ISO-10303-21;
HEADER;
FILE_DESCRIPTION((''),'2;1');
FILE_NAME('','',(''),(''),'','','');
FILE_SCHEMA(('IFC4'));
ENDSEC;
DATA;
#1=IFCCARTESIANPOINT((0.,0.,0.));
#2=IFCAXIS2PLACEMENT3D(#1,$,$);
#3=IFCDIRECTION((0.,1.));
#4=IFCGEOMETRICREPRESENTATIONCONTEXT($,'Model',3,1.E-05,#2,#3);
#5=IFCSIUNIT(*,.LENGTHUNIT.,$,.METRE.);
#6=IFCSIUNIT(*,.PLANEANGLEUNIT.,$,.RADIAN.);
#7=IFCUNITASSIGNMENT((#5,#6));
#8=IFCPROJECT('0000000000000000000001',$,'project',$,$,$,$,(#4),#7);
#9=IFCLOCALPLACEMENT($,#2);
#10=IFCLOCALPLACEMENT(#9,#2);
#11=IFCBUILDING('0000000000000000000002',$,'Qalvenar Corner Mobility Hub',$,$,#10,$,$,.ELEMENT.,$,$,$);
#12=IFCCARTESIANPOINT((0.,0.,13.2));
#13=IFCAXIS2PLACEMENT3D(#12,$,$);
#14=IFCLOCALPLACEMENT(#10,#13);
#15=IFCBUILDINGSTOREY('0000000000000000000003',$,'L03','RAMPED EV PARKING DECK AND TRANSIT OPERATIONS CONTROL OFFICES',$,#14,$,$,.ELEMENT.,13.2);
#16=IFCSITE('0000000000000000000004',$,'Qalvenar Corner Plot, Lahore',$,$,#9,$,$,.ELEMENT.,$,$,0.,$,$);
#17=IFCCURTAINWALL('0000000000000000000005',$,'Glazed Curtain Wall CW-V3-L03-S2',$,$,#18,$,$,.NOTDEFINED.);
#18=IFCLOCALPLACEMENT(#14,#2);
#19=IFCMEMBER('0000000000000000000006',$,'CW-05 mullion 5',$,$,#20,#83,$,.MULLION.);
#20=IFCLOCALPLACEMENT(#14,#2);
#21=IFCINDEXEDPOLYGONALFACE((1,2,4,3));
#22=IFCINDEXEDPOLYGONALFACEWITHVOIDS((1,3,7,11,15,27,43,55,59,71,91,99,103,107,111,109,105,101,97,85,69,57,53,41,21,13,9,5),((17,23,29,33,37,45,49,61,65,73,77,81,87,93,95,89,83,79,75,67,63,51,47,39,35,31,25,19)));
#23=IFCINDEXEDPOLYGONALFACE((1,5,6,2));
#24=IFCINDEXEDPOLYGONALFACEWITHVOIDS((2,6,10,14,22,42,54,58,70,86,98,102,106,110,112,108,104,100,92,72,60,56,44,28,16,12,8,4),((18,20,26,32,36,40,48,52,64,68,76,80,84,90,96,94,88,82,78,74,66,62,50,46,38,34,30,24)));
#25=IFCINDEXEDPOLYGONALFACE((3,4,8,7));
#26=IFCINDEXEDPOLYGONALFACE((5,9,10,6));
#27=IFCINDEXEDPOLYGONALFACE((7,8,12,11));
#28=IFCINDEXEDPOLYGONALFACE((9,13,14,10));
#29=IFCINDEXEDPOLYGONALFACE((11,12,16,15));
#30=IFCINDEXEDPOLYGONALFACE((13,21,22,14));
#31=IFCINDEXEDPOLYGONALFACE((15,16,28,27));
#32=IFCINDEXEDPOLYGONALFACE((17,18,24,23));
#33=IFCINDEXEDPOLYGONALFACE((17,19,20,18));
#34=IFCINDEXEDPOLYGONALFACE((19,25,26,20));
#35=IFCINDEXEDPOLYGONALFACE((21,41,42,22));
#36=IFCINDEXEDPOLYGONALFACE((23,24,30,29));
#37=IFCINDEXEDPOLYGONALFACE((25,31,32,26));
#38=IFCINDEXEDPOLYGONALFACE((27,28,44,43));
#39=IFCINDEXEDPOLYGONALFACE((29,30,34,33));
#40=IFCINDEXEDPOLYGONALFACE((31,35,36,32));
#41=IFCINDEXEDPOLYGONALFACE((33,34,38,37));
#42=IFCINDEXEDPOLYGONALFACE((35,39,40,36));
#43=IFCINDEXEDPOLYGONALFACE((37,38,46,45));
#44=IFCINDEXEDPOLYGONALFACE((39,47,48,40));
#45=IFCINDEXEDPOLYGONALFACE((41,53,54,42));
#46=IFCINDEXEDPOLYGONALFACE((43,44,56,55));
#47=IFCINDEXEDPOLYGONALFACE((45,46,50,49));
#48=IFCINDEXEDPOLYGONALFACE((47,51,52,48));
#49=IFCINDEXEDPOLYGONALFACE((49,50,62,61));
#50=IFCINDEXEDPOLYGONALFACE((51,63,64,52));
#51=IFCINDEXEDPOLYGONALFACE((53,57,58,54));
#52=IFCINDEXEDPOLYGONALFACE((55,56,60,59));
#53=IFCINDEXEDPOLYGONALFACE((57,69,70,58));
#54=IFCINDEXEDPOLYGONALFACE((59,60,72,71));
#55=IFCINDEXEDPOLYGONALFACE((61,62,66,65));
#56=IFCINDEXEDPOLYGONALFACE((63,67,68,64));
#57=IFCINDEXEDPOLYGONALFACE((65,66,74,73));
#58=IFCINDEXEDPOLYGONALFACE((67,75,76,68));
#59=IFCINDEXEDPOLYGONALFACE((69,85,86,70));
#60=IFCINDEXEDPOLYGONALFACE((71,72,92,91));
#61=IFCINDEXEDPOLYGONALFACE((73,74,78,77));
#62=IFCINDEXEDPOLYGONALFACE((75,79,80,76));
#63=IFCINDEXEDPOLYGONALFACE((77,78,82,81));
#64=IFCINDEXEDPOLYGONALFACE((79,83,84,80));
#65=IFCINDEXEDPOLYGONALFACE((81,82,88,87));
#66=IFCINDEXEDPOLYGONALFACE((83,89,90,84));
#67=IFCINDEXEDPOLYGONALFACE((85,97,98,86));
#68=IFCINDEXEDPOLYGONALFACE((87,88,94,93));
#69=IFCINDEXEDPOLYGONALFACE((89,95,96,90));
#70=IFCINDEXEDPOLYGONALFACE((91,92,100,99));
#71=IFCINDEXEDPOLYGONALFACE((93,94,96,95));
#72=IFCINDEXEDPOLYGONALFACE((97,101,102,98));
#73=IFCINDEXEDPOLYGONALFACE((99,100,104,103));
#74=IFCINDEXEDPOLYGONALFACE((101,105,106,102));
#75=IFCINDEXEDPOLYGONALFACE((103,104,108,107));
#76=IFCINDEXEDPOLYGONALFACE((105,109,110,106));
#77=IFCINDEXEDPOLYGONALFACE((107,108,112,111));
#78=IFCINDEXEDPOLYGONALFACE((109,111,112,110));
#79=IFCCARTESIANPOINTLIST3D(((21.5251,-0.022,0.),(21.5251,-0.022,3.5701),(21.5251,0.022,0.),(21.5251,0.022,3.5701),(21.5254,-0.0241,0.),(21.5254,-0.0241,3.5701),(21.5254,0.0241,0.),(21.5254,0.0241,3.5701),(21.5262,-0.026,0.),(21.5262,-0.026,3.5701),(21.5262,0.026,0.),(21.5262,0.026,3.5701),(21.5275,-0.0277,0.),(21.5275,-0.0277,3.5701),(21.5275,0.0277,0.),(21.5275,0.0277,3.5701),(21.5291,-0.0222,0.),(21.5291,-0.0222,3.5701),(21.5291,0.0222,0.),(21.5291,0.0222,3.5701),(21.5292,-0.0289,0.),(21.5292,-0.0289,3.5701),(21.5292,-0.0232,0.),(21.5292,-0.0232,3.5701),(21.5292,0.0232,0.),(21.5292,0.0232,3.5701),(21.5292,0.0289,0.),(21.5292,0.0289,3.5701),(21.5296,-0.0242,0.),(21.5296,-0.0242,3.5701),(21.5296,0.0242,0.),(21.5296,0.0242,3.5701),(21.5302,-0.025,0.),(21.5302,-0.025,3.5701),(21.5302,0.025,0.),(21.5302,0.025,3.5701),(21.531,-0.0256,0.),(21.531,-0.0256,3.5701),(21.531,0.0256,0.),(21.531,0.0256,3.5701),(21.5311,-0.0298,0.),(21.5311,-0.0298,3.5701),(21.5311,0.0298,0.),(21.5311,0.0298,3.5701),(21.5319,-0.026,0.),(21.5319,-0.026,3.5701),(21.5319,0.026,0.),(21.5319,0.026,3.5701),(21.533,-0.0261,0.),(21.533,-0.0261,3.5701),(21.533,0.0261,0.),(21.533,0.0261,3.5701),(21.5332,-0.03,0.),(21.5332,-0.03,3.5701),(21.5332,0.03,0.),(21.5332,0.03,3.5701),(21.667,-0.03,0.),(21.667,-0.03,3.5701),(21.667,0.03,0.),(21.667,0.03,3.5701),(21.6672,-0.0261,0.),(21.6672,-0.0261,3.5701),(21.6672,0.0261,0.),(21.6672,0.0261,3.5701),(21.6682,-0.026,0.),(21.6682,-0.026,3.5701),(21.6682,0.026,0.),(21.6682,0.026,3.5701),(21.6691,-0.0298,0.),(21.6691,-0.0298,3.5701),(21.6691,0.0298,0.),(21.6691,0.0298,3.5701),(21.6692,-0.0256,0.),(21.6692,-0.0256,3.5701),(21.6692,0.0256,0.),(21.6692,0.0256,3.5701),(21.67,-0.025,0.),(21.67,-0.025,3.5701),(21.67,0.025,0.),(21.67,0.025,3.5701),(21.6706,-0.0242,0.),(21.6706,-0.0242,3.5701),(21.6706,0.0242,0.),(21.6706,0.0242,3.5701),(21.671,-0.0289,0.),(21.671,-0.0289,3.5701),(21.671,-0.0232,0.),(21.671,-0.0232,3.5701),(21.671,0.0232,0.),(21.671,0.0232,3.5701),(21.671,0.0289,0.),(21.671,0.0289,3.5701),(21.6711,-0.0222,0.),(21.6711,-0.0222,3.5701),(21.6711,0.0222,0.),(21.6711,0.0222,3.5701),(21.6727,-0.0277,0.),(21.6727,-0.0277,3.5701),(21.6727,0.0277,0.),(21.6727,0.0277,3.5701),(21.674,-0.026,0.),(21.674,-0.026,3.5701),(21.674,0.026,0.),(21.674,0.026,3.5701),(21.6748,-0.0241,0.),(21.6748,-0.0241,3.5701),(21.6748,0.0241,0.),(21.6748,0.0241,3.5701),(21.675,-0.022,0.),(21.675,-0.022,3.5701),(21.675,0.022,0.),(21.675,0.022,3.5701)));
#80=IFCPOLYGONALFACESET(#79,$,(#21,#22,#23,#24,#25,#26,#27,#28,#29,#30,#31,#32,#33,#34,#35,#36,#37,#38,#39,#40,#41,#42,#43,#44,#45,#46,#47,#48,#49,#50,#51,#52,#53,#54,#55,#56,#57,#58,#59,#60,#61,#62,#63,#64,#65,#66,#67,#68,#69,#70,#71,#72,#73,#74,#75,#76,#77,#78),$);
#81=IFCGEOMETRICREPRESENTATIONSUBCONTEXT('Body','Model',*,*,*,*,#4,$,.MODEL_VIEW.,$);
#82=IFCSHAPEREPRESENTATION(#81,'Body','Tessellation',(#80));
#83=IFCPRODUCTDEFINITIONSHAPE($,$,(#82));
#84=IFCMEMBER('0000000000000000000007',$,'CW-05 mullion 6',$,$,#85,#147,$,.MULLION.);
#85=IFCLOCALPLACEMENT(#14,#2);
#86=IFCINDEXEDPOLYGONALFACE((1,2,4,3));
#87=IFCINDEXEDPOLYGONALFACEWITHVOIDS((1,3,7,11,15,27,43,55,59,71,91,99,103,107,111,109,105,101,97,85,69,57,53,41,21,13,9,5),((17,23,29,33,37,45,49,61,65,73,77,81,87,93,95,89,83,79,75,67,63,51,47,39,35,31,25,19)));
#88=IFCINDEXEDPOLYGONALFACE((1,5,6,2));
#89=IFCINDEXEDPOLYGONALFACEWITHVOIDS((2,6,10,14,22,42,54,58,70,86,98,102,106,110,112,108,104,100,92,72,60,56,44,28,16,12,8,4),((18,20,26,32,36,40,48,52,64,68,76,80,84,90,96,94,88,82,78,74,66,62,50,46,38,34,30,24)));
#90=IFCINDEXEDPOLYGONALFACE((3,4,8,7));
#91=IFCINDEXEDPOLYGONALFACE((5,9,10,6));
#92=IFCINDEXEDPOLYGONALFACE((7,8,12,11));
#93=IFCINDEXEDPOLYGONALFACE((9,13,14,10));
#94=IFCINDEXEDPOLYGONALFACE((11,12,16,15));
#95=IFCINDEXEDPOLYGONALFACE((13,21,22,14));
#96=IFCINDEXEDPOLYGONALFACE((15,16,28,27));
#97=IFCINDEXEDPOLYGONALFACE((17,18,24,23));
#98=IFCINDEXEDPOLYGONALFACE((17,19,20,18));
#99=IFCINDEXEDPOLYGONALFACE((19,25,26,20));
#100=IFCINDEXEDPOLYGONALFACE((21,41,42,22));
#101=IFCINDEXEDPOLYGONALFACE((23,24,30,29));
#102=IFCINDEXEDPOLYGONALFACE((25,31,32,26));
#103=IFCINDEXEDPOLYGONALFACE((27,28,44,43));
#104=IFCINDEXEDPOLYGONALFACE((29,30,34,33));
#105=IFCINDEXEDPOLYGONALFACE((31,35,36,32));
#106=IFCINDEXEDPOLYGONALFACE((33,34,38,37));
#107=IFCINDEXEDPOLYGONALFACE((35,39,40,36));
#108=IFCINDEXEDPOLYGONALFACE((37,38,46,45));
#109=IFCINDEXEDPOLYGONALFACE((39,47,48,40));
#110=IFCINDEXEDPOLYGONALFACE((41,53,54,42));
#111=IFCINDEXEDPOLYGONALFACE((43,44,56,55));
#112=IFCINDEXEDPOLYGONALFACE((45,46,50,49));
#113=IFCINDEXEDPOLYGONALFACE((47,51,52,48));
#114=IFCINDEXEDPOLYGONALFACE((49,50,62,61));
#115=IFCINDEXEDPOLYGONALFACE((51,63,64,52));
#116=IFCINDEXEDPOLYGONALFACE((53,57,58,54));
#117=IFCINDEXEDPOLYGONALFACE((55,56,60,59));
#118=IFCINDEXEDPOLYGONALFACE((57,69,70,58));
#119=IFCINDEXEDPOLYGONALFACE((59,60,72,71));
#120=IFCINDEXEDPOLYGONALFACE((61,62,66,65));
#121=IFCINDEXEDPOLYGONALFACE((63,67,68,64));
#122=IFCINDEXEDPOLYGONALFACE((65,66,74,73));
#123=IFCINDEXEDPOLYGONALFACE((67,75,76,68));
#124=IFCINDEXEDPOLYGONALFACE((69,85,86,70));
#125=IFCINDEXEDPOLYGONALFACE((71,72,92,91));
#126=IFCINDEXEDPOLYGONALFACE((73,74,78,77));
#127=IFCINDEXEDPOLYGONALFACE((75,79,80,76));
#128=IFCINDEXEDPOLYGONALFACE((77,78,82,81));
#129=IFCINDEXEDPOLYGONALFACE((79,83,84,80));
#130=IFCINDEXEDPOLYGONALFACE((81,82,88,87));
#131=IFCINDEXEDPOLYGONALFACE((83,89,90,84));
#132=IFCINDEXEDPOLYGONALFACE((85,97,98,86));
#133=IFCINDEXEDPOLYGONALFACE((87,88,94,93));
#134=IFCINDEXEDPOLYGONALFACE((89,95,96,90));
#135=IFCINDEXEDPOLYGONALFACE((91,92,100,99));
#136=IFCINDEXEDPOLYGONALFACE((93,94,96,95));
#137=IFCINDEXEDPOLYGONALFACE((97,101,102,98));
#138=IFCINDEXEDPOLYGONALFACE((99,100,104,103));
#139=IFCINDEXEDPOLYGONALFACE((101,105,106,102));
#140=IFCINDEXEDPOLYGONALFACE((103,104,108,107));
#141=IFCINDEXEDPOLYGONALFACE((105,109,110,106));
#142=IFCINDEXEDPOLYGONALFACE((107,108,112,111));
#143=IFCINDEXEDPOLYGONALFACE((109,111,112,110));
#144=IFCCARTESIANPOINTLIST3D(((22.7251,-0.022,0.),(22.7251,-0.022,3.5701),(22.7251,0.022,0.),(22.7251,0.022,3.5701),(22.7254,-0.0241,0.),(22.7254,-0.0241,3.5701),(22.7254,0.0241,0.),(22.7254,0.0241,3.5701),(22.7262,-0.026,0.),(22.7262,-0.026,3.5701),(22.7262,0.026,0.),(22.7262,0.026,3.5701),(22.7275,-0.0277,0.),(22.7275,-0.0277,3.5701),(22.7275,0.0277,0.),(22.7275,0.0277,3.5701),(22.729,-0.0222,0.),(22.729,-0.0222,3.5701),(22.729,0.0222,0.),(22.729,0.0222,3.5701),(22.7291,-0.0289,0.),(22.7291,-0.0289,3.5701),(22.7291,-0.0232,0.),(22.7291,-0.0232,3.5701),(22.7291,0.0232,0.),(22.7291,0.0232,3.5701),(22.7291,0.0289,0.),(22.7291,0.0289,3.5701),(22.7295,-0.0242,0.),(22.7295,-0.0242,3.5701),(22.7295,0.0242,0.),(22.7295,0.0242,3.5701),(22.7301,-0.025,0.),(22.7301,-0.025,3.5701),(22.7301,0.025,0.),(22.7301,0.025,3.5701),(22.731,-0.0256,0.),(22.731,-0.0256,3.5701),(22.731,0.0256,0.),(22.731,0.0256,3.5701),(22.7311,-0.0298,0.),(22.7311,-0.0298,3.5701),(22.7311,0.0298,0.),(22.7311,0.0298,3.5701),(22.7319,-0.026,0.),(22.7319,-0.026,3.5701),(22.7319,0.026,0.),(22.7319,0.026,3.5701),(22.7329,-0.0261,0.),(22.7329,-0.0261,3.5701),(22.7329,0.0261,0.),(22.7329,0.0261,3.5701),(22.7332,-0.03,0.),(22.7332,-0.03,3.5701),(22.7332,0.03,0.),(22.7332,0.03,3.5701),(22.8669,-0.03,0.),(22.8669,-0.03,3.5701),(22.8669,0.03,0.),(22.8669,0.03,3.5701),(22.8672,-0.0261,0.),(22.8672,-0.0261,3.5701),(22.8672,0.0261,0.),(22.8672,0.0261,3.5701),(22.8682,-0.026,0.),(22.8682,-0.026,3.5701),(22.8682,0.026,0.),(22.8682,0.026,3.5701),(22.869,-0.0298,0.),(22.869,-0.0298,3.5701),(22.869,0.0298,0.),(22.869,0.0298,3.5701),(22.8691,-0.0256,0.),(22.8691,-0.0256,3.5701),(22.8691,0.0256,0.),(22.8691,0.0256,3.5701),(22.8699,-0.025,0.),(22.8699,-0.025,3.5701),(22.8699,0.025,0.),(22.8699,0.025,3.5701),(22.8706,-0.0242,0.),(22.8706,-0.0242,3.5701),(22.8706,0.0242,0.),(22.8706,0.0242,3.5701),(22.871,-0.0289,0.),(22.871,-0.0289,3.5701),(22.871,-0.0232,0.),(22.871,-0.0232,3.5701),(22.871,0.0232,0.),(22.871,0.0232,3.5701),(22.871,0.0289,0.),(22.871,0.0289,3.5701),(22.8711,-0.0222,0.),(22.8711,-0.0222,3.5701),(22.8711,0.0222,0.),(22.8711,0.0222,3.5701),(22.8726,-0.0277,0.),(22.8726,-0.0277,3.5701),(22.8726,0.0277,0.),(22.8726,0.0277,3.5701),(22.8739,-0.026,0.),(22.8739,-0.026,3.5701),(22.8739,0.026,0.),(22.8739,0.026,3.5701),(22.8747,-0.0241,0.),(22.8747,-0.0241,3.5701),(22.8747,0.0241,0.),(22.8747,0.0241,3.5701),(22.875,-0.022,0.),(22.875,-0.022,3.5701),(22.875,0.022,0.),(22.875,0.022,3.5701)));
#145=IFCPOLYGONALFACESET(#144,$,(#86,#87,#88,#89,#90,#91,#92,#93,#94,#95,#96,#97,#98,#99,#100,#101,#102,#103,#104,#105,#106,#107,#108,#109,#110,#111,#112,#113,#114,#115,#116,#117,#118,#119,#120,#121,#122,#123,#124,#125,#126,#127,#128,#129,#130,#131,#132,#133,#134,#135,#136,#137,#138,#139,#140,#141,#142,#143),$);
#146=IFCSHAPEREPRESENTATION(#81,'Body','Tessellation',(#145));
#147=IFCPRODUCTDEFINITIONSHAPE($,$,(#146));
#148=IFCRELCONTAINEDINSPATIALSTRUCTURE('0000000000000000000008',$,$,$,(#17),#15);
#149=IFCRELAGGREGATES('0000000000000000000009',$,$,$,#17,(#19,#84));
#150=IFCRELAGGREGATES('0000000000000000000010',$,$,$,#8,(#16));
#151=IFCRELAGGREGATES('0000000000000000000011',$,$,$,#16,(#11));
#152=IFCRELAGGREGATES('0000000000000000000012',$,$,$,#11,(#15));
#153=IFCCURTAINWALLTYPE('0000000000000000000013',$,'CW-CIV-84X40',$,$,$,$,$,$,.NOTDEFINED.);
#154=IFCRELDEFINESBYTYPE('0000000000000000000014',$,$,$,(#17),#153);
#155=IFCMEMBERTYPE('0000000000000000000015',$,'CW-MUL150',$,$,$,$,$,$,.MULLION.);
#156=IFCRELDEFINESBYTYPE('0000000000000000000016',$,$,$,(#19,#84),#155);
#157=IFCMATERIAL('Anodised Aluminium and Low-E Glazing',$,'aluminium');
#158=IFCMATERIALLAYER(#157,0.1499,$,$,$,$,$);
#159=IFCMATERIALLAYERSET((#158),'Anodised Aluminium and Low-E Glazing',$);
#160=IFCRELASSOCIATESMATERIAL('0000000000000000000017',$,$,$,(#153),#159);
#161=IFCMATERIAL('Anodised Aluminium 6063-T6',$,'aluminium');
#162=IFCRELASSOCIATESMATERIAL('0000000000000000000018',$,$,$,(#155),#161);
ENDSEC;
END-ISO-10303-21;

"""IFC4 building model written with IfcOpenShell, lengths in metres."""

from ifc_helpers import new_model, si_unit, direction, frame, origin, origin_2d, place, context, subcontext, project, spatial, hollow_rectangle, extrude, material, layer, layer_set, material_profile, profile_set, type_object, element, aggregate, save


model = new_model("IFC4")

# Units and contexts
model_context = context("Model", 3, precision=1e-05, world=origin(), true_north=direction((0.0, 1.0)))
body_context = subcontext(model_context, "Body", "Model", "MODEL_VIEW")
ifc_project = project(units=[si_unit("LENGTHUNIT", "METRE"), si_unit("PLANEANGLEUNIT", "RADIAN")], contexts=[model_context])

# Site, building, storey
site_placement = place(None, origin())
site = spatial("IfcSite", under=ifc_project, at=site_placement, Name="Qalvenar Corner Plot, Lahore", CompositionType="ELEMENT", RefElevation=0.0)
building_placement = place(site_placement, origin())
building = spatial("IfcBuilding", under=site, at=building_placement, Name="Qalvenar Corner Mobility Hub", CompositionType="ELEMENT")
storey_placement = place(building_placement, frame((0.0, 0.0, 13.2)))
storey = spatial("IfcBuildingStorey", under=building, at=storey_placement, Name="L03", Description="RAMPED EV PARKING DECK AND TRANSIT OPERATIONS CONTROL OFFICES", CompositionType="ELEMENT", Elevation=13.2)

# Curtain wall, members
ifc_material_1 = material(Name="Anodised Aluminium and Low-E Glazing", Category="aluminium")
ifc_layer_1 = layer(ifc_material_1, 0.1499)
ifc_layer_set_1 = layer_set([ifc_layer_1], Name="Anodised Aluminium and Low-E Glazing")
curtain_wall_type = type_object("IfcCurtainWallType", Name="CW-CIV-84X40", PredefinedType="NOTDEFINED", material=ifc_layer_set_1)
curtain_wall_placement = place(storey_placement, origin())
curtain_wall = element("IfcCurtainWall", 1, at=curtain_wall_placement, inside=storey, type_object=curtain_wall_type, Name="Glazed Curtain Wall CW-V3-L03-S2", PredefinedType="NOTDEFINED")
ifc_material_2 = material(Name="Anodised Aluminium 6063-T6", Category="aluminium")
ifc_material_profile_1 = material_profile(ifc_material_2, hollow_rectangle(XDim=0.0601, YDim=0.1499, WallThickness=0.0039, InnerFilletRadius=0.0039, OuterFilletRadius=0.0081, at=origin_2d()), Name="RHS150x60x4")
ifc_profile_set_1 = profile_set([ifc_material_profile_1], Name="Anodised Aluminium 6063-T6")
member_type_1 = type_object("IfcMemberType", Name="CW-MUL150", PredefinedType="MULLION", material=ifc_profile_set_1)
member_1_placement = place(storey_placement, frame((21.6001, 0.0, 0.0), z_axis=(0.0, 0.0, 1.0), x_axis=(0.0, 1.0, 0.0)))
member_1 = element("IfcMember", 2, at=member_1_placement, type_object=member_type_1, Name="CW-05 mullion 5", PredefinedType="MULLION", context=body_context, shape_type="SweptSolid", body=[
    extrude(hollow_rectangle(XDim=0.0601, YDim=0.1499, WallThickness=0.0039, InnerFilletRadius=0.0039, OuterFilletRadius=0.0081, at=origin_2d()), origin(), (0.0, 0.0, 1.0), 3.5701),
])
member_2_placement = place(storey_placement, frame((22.8, 0.0, 0.0), z_axis=(0.0, 0.0, 1.0), x_axis=(0.0, 1.0, 0.0)))
member_2 = element("IfcMember", 3, at=member_2_placement, type_object=member_type_1, Name="CW-05 mullion 6", PredefinedType="MULLION", context=body_context, shape_type="SweptSolid", body=[
    extrude(hollow_rectangle(XDim=0.0601, YDim=0.1499, WallThickness=0.0039, InnerFilletRadius=0.0039, OuterFilletRadius=0.0081, at=origin_2d()), origin(), (0.0, 0.0, 1.0), 3.5701),
])
aggregate(curtain_wall, [member_1, member_2])

save(model, "model.ifc")
